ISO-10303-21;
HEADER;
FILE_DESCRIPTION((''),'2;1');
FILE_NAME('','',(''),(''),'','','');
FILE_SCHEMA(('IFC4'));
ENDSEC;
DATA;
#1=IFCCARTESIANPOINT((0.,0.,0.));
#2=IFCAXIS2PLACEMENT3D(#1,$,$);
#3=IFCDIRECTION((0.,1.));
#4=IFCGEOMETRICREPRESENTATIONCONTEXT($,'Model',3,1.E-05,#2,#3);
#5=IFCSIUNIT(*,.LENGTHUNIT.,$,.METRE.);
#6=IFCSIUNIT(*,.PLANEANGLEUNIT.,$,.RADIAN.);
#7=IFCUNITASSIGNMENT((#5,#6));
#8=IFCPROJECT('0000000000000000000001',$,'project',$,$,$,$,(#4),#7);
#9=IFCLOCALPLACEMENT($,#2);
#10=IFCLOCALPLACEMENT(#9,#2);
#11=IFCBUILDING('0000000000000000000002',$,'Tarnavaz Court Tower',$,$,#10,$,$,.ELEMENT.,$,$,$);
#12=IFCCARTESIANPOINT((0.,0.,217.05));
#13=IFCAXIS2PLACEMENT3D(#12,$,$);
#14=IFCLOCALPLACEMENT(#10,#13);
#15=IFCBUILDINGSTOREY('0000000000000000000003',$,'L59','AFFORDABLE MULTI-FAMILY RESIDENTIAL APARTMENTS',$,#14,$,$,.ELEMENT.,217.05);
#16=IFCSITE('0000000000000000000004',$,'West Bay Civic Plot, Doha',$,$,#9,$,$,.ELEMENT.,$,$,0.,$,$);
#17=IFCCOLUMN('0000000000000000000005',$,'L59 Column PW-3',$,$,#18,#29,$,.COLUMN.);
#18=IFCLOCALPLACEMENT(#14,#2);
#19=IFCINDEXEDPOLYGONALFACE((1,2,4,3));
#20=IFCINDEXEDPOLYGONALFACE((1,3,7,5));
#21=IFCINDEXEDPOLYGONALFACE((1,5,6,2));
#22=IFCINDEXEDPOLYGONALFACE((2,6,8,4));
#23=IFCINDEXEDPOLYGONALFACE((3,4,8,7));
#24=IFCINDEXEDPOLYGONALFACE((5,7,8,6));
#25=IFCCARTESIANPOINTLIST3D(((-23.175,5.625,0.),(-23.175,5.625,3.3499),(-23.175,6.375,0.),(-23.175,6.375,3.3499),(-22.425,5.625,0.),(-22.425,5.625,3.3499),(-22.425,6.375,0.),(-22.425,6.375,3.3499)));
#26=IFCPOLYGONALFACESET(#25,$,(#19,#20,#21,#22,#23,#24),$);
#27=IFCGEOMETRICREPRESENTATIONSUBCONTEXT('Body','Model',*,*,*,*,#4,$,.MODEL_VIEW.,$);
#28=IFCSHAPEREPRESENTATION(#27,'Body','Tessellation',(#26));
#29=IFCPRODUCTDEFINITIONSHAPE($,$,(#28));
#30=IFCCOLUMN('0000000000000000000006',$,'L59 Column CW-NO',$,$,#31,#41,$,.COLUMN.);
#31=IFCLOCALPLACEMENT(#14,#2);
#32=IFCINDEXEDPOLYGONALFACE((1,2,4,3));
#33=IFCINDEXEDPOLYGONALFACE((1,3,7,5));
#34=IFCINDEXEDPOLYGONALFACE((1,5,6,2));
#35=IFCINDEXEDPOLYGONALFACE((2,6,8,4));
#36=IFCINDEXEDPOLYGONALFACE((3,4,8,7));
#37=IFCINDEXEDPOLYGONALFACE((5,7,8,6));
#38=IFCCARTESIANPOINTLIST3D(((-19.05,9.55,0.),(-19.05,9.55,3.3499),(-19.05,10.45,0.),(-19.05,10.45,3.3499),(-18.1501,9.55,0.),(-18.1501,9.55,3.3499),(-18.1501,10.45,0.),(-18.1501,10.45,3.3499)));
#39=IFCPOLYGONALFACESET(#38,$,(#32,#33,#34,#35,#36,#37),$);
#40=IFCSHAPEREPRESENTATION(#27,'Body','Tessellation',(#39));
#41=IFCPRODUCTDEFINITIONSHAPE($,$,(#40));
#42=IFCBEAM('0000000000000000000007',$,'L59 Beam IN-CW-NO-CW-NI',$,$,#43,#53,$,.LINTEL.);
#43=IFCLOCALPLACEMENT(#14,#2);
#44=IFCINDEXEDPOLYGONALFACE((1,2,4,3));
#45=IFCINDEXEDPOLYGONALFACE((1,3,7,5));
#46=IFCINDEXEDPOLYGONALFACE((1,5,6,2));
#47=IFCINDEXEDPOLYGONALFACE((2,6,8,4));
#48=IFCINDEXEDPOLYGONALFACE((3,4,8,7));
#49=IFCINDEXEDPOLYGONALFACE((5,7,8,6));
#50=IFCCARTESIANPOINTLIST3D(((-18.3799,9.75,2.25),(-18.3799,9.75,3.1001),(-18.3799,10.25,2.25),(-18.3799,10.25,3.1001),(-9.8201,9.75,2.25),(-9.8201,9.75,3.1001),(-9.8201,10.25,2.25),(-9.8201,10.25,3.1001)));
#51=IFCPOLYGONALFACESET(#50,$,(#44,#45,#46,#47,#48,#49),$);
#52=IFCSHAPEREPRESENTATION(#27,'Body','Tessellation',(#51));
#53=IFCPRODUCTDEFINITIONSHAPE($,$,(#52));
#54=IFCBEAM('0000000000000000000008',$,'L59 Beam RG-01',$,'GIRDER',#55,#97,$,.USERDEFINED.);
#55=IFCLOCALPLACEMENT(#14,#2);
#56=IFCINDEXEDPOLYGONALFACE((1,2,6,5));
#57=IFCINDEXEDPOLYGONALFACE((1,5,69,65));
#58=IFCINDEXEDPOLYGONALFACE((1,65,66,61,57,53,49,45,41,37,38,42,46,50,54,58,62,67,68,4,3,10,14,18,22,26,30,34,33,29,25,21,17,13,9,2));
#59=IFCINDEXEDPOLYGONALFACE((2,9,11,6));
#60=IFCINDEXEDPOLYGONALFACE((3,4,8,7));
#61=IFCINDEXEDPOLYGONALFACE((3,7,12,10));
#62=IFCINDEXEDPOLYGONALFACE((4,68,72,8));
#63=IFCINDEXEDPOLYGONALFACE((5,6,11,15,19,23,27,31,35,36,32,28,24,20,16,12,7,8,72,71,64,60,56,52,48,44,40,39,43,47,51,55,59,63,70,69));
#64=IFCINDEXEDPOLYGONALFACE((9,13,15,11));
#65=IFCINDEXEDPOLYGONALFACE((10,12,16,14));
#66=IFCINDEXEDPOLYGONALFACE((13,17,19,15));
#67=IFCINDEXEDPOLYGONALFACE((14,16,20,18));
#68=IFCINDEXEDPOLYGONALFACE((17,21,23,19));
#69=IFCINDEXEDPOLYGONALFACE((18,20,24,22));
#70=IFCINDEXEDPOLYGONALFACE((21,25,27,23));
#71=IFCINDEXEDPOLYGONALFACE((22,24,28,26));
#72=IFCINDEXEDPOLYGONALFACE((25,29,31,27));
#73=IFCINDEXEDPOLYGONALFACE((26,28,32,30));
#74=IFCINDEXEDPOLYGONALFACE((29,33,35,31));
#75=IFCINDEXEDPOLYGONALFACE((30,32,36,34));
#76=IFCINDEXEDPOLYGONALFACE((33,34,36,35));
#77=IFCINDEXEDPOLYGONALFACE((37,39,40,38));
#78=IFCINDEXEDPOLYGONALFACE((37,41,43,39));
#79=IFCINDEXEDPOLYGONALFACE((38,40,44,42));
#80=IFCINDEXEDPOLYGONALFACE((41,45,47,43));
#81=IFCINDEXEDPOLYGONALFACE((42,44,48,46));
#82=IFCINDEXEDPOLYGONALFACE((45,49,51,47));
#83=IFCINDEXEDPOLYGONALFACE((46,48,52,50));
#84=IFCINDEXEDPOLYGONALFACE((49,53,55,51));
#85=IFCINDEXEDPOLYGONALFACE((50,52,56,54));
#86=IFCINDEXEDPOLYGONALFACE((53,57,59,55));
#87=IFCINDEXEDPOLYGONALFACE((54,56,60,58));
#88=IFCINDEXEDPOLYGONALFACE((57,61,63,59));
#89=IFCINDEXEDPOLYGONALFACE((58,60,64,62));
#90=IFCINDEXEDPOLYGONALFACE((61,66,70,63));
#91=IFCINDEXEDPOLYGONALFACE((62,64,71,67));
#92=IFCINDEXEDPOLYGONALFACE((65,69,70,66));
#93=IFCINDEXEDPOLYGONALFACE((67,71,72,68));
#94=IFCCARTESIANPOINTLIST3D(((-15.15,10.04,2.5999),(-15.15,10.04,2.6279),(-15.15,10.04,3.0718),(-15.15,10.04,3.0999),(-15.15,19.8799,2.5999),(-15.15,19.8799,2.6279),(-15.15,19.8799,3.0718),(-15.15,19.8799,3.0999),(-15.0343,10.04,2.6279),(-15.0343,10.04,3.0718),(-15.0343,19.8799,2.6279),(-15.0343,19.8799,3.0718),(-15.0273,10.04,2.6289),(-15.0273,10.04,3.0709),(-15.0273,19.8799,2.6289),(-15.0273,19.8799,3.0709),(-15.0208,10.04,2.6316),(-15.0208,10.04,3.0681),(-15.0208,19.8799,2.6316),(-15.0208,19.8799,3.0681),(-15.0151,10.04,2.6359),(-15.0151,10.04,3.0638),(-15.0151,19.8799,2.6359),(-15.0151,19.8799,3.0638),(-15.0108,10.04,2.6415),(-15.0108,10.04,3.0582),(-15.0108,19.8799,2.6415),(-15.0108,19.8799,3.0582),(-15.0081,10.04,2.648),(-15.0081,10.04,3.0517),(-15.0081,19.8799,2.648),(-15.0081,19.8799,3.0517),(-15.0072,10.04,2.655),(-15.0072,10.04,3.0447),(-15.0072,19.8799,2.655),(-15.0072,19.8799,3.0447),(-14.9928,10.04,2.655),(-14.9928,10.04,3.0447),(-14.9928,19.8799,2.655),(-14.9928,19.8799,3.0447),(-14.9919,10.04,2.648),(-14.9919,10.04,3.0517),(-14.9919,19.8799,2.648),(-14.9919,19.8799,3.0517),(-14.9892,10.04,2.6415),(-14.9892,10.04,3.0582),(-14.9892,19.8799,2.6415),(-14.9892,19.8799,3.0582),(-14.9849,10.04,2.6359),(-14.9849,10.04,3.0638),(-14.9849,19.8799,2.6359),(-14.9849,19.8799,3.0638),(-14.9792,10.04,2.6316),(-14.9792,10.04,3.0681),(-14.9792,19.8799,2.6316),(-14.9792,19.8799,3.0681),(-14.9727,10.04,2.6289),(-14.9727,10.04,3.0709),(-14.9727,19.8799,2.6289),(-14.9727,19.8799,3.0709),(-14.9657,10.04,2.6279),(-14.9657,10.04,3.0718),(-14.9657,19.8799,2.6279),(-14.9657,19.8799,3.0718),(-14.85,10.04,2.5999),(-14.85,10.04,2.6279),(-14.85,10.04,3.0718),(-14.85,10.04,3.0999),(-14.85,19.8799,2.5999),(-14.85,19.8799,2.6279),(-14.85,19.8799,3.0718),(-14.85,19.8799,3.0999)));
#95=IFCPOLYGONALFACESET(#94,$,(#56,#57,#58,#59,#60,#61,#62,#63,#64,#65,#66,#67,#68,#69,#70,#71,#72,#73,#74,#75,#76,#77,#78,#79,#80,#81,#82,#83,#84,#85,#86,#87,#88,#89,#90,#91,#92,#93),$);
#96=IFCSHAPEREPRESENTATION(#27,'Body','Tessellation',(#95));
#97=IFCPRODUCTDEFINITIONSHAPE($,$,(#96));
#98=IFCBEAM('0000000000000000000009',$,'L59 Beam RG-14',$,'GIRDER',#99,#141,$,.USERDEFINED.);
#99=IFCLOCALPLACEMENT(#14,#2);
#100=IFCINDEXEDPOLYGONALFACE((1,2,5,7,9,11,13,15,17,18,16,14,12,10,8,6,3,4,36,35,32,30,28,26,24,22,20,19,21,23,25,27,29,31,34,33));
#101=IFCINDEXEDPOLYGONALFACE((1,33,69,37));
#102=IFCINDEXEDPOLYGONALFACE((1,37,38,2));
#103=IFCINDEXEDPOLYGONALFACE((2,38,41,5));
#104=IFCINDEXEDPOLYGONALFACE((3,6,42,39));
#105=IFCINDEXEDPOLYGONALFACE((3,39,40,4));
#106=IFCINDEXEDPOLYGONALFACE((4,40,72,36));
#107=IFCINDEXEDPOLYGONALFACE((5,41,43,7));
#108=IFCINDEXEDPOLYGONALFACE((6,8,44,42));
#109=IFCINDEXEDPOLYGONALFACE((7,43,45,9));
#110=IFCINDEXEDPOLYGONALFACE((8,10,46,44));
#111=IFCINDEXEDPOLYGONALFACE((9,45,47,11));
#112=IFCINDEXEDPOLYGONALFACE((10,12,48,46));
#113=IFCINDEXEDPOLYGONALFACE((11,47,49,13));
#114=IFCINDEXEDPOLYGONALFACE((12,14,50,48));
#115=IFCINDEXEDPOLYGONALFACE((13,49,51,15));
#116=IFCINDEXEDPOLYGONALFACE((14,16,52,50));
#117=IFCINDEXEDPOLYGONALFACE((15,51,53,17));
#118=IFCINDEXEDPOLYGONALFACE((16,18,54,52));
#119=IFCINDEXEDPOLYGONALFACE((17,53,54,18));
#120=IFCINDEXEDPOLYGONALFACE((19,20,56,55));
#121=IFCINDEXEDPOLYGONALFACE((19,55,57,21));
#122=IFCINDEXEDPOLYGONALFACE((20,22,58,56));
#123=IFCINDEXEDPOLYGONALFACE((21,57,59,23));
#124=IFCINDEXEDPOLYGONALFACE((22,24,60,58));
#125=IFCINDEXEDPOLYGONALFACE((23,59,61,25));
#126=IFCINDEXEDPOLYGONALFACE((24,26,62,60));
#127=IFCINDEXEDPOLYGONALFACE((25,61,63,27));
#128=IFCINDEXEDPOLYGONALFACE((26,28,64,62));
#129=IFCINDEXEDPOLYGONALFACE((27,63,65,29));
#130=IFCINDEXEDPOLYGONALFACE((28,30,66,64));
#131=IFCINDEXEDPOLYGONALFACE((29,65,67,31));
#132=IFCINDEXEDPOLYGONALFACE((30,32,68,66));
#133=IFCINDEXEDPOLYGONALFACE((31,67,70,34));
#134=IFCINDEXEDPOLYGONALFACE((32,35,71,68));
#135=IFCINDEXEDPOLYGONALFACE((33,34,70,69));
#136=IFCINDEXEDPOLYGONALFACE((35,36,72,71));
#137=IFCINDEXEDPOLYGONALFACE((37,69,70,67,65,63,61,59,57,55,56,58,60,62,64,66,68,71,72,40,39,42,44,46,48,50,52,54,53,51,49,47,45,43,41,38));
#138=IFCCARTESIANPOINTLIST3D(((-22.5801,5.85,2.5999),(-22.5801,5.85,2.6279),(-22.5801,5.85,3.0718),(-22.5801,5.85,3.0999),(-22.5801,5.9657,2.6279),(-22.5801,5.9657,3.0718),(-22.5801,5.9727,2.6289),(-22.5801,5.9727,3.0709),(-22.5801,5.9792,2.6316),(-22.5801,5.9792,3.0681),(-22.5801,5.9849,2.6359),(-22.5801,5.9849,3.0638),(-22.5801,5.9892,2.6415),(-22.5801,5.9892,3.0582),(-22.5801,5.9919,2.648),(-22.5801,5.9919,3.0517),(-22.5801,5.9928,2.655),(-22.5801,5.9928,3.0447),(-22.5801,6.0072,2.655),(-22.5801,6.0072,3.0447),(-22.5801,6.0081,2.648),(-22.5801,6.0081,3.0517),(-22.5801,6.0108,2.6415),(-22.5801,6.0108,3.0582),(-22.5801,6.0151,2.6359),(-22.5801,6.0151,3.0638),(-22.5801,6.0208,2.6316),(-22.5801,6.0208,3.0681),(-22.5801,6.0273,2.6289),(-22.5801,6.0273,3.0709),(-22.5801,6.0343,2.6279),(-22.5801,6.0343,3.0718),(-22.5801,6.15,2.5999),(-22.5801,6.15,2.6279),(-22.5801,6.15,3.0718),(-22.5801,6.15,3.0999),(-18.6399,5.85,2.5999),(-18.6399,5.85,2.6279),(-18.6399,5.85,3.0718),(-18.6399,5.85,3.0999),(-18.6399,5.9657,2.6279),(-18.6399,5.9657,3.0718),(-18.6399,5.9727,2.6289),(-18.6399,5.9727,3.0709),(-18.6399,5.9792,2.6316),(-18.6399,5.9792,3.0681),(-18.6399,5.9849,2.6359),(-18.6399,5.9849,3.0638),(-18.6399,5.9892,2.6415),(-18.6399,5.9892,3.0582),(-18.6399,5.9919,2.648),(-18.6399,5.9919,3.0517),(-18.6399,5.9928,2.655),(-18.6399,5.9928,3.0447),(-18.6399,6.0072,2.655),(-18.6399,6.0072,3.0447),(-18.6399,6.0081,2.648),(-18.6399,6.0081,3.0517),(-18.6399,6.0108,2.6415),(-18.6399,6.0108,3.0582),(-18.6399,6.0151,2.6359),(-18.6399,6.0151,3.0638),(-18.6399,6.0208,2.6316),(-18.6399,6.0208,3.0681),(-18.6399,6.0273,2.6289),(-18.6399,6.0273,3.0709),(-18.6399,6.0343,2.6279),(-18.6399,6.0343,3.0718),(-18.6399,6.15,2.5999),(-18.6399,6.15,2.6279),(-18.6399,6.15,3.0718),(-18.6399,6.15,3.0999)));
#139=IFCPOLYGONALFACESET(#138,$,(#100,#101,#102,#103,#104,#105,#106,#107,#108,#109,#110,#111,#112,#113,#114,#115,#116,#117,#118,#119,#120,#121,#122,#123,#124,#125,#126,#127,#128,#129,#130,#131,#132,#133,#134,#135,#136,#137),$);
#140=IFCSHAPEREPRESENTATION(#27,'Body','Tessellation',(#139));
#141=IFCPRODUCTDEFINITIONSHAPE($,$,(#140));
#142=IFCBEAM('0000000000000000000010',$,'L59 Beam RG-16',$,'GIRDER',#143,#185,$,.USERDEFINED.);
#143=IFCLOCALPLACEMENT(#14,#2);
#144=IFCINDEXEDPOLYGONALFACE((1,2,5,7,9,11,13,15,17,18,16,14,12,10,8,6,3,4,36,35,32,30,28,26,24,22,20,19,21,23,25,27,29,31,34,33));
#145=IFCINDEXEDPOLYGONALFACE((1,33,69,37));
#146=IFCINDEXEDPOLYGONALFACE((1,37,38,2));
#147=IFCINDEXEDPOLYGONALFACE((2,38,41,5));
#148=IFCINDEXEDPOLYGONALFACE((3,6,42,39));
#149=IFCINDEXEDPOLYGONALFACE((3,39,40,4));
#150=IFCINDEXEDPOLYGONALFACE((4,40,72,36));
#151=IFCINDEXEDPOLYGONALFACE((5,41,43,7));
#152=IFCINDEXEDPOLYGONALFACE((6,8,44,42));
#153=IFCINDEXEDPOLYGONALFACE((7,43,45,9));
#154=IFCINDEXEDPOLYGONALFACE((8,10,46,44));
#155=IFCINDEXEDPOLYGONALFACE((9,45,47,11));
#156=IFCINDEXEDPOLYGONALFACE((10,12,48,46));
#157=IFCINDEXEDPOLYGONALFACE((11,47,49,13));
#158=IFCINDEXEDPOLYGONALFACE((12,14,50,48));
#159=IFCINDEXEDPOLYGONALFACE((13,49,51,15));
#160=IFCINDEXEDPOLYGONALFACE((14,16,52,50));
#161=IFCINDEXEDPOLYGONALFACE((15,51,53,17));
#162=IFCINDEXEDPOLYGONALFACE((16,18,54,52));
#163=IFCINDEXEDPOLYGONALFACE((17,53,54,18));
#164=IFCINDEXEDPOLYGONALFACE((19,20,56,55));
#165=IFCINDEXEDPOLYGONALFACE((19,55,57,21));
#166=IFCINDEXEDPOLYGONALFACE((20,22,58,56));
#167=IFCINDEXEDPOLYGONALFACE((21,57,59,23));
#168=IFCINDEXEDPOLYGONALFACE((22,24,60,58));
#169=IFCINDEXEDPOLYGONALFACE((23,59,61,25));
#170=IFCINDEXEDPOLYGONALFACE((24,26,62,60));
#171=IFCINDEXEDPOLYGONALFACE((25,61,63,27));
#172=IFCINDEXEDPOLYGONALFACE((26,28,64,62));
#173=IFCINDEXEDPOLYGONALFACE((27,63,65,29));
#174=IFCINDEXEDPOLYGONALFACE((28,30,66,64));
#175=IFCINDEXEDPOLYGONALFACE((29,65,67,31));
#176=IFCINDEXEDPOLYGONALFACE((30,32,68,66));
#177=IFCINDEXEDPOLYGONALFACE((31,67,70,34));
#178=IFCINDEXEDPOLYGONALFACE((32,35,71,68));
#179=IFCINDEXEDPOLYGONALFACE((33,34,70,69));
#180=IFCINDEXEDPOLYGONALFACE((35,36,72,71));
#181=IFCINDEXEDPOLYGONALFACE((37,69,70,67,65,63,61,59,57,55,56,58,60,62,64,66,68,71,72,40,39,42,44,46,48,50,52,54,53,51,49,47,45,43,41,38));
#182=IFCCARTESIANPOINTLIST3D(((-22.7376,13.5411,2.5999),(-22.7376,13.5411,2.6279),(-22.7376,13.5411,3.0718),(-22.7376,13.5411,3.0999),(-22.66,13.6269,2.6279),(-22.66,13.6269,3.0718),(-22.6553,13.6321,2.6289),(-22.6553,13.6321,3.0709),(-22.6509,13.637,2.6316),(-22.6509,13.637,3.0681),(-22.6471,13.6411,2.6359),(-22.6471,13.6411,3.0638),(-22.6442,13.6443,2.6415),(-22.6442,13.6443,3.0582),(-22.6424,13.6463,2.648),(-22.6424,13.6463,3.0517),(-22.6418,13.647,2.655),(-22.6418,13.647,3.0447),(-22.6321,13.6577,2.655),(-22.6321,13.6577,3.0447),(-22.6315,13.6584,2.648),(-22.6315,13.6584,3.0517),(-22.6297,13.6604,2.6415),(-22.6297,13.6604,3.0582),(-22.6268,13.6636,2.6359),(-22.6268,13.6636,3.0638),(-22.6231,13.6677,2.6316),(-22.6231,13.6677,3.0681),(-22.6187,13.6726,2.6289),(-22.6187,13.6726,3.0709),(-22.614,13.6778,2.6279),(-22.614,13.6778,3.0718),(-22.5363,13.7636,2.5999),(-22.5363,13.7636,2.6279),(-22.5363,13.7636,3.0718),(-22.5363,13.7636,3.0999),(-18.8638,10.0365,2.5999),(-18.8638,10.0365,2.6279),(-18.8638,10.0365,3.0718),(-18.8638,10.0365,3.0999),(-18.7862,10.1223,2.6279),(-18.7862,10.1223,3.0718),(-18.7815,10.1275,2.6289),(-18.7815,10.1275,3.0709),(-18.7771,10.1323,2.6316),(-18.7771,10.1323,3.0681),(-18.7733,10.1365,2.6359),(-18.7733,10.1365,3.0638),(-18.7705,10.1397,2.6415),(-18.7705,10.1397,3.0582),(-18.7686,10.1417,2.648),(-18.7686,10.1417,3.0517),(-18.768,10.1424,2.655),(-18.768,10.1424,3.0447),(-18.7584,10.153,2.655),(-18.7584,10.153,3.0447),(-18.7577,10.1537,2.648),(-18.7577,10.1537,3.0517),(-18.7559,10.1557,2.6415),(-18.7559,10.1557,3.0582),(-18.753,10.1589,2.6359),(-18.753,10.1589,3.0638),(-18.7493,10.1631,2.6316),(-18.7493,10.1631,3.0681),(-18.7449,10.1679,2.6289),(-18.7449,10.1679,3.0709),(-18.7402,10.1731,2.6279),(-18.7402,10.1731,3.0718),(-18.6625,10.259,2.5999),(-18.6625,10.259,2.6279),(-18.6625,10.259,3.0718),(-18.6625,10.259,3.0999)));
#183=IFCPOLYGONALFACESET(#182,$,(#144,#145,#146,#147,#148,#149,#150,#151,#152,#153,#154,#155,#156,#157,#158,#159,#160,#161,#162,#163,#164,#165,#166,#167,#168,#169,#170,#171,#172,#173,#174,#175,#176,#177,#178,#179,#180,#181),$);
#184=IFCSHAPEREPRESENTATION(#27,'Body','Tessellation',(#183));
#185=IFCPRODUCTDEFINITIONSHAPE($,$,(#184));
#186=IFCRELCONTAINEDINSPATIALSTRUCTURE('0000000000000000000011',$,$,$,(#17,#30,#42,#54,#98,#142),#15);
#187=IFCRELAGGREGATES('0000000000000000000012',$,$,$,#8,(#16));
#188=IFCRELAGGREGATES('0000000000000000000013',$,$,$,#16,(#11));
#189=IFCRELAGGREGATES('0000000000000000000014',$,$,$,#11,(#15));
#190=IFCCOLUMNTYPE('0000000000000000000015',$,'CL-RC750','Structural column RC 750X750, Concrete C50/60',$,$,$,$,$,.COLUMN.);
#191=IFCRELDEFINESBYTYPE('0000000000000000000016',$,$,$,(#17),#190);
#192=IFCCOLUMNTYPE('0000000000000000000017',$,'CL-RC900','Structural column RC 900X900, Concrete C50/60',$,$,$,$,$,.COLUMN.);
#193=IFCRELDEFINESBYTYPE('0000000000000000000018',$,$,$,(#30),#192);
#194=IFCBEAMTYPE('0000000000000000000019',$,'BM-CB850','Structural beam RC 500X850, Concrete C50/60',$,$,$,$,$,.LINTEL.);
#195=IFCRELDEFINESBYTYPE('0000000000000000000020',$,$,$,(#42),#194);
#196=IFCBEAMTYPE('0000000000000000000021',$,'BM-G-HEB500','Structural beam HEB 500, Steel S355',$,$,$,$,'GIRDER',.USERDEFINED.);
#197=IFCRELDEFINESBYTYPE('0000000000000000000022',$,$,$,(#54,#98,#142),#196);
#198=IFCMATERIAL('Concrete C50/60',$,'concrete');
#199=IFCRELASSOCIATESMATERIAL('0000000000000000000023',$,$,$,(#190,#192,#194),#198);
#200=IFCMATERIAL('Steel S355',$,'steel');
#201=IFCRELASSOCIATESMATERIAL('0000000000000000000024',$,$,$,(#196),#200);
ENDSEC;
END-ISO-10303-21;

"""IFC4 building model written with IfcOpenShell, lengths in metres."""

from ifc_helpers import new_model, si_unit, direction, frame, origin, origin_2d, place, context, subcontext, project, spatial, rectangle, i_section, extrude, material, material_profile, profile_set, type_object, element, save


model = new_model("IFC4")

# Units and contexts
model_context = context("Model", 3, precision=1e-05, world=origin(), true_north=direction((0.0, 1.0)))
body_context = subcontext(model_context, "Body", "Model", "MODEL_VIEW")
ifc_project = project(units=[si_unit("LENGTHUNIT", "METRE"), si_unit("PLANEANGLEUNIT", "RADIAN")], contexts=[model_context])

# Site, building, storey
site_placement = place(None, origin())
site = spatial("IfcSite", under=ifc_project, at=site_placement, Name="West Bay Civic Plot, Doha", CompositionType="ELEMENT", RefElevation=0.0)
building_placement = place(site_placement, origin())
building = spatial("IfcBuilding", under=site, at=building_placement, Name="Tarnavaz Court Tower", CompositionType="ELEMENT")
storey_placement = place(building_placement, frame((0.0, 0.0, 217.05)))
storey = spatial("IfcBuildingStorey", under=building, at=storey_placement, Name="L59", Description="AFFORDABLE MULTI-FAMILY RESIDENTIAL APARTMENTS", CompositionType="ELEMENT", Elevation=217.05)

# Columns
ifc_material_1 = material(Name="Concrete C50/60", Category="concrete")
ifc_material_profile_1 = material_profile(ifc_material_1, rectangle(XDim=0.75, YDim=0.75, at=origin_2d()), Name="RC 750X750")
ifc_profile_set_1 = profile_set([ifc_material_profile_1], Name="Concrete C50/60")
column_type_1 = type_object("IfcColumnType", Name="CL-RC750", Description="Structural column RC 750X750, Concrete C50/60", PredefinedType="COLUMN", material=ifc_profile_set_1)
column_1_placement = place(storey_placement, frame((-22.8, 6.0, 0.0), z_axis=(0.0, 0.0, 1.0), x_axis=(1.0, 0.0, 0.0)))
element("IfcColumn", 1, at=column_1_placement, inside=storey, type_object=column_type_1, Name="L59 Column PW-3", PredefinedType="COLUMN", context=body_context, shape_type="SweptSolid", body=[
    extrude(rectangle(XDim=0.75, YDim=0.75, at=origin_2d()), origin(), (0.0, 0.0, 1.0), 3.3499),
])
ifc_material_profile_2 = material_profile(ifc_material_1, rectangle(XDim=0.8999, YDim=0.8999, at=origin_2d()), Name="RC 900X900")
ifc_profile_set_2 = profile_set([ifc_material_profile_2], Name="Concrete C50/60")
column_type_2 = type_object("IfcColumnType", Name="CL-RC900", Description="Structural column RC 900X900, Concrete C50/60", PredefinedType="COLUMN", material=ifc_profile_set_2)
column_2_placement = place(storey_placement, frame((-18.6001, 10.0, 0.0), z_axis=(0.0, 0.0, 1.0), x_axis=(1.0, 0.0, 0.0)))
element("IfcColumn", 2, at=column_2_placement, inside=storey, type_object=column_type_2, Name="L59 Column CW-NO", PredefinedType="COLUMN", context=body_context, shape_type="SweptSolid", body=[
    extrude(rectangle(XDim=0.8999, YDim=0.8999, at=origin_2d()), origin(), (0.0, 0.0, 1.0), 3.3499),
])

# Beams
ifc_material_profile_3 = material_profile(ifc_material_1, rectangle(XDim=0.5, YDim=0.8501, at=origin_2d()), Name="RC 500X850")
ifc_profile_set_3 = profile_set([ifc_material_profile_3], Name="Concrete C50/60")
beam_type_1 = type_object("IfcBeamType", Name="BM-CB850", Description="Structural beam RC 500X850, Concrete C50/60", PredefinedType="LINTEL", material=ifc_profile_set_3)
beam_1_placement = place(storey_placement, frame((-18.3799, 10.0, 2.675), z_axis=(1.0, 0.0, 0.0), x_axis=(0.0, 1.0, 0.0)))
element("IfcBeam", 3, at=beam_1_placement, inside=storey, type_object=beam_type_1, Name="L59 Beam IN-CW-NO-CW-NI", PredefinedType="LINTEL", context=body_context, shape_type="SweptSolid", body=[
    extrude(rectangle(XDim=0.5, YDim=0.8501, at=origin_2d()), origin(), (0.0, 0.0, 1.0), 8.5598),
])
ifc_material_2 = material(Name="Steel S355", Category="steel")
ifc_material_profile_4 = material_profile(ifc_material_2, i_section(OverallWidth=0.3, OverallDepth=0.5, WebThickness=0.0144, FlangeThickness=0.0281, FilletRadius=0.0271, at=origin_2d()), Name="HEB 500")
ifc_profile_set_4 = profile_set([ifc_material_profile_4], Name="Steel S355")
beam_type_2 = type_object("IfcBeamType", Name="BM-G-HEB500", Description="Structural beam HEB 500, Steel S355", ElementType="GIRDER", PredefinedType="USERDEFINED", material=ifc_profile_set_4)
beam_2_placement = place(storey_placement, frame((-15.0, 10.04, 2.8499), z_axis=(0.0, 1.0, 0.0), x_axis=(-1.0, 0.0, 0.0)))
element("IfcBeam", 4, at=beam_2_placement, inside=storey, type_object=beam_type_2, Name="L59 Beam RG-01", ObjectType="GIRDER", PredefinedType="USERDEFINED", context=body_context, shape_type="SweptSolid", body=[
    extrude(i_section(OverallWidth=0.3, OverallDepth=0.5, WebThickness=0.0144, FlangeThickness=0.0281, FilletRadius=0.0271, at=origin_2d()), origin(), (0.0, 0.0, 1.0), 9.8398),
])
beam_3_placement = place(storey_placement, frame((-18.6399, 6.0, 2.8499), z_axis=(-1.0, 0.0, 0.0), x_axis=(0.0, -1.0, 0.0)))
element("IfcBeam", 5, at=beam_3_placement, inside=storey, type_object=beam_type_2, Name="L59 Beam RG-14", ObjectType="GIRDER", PredefinedType="USERDEFINED", context=body_context, shape_type="SweptSolid", body=[
    extrude(i_section(OverallWidth=0.3, OverallDepth=0.5, WebThickness=0.0144, FlangeThickness=0.0281, FilletRadius=0.0271, at=origin_2d()), origin(), (0.0, 0.0, 1.0), 3.9402),
])
beam_4_placement = place(storey_placement, frame((-18.7632, 10.1477, 2.8499), z_axis=(-0.741556, 0.670891, 0.0), x_axis=(-0.670891, -0.741556, 0.0)))
element("IfcBeam", 6, at=beam_4_placement, inside=storey, type_object=beam_type_2, Name="L59 Beam RG-16", ObjectType="GIRDER", PredefinedType="USERDEFINED", context=body_context, shape_type="SweptSolid", body=[
    extrude(i_section(OverallWidth=0.3, OverallDepth=0.5, WebThickness=0.0144, FlangeThickness=0.0281, FilletRadius=0.0271, at=origin_2d()), origin(), (0.0, 0.0, 1.0), 5.2239),
])

save(model, "model.ifc")
